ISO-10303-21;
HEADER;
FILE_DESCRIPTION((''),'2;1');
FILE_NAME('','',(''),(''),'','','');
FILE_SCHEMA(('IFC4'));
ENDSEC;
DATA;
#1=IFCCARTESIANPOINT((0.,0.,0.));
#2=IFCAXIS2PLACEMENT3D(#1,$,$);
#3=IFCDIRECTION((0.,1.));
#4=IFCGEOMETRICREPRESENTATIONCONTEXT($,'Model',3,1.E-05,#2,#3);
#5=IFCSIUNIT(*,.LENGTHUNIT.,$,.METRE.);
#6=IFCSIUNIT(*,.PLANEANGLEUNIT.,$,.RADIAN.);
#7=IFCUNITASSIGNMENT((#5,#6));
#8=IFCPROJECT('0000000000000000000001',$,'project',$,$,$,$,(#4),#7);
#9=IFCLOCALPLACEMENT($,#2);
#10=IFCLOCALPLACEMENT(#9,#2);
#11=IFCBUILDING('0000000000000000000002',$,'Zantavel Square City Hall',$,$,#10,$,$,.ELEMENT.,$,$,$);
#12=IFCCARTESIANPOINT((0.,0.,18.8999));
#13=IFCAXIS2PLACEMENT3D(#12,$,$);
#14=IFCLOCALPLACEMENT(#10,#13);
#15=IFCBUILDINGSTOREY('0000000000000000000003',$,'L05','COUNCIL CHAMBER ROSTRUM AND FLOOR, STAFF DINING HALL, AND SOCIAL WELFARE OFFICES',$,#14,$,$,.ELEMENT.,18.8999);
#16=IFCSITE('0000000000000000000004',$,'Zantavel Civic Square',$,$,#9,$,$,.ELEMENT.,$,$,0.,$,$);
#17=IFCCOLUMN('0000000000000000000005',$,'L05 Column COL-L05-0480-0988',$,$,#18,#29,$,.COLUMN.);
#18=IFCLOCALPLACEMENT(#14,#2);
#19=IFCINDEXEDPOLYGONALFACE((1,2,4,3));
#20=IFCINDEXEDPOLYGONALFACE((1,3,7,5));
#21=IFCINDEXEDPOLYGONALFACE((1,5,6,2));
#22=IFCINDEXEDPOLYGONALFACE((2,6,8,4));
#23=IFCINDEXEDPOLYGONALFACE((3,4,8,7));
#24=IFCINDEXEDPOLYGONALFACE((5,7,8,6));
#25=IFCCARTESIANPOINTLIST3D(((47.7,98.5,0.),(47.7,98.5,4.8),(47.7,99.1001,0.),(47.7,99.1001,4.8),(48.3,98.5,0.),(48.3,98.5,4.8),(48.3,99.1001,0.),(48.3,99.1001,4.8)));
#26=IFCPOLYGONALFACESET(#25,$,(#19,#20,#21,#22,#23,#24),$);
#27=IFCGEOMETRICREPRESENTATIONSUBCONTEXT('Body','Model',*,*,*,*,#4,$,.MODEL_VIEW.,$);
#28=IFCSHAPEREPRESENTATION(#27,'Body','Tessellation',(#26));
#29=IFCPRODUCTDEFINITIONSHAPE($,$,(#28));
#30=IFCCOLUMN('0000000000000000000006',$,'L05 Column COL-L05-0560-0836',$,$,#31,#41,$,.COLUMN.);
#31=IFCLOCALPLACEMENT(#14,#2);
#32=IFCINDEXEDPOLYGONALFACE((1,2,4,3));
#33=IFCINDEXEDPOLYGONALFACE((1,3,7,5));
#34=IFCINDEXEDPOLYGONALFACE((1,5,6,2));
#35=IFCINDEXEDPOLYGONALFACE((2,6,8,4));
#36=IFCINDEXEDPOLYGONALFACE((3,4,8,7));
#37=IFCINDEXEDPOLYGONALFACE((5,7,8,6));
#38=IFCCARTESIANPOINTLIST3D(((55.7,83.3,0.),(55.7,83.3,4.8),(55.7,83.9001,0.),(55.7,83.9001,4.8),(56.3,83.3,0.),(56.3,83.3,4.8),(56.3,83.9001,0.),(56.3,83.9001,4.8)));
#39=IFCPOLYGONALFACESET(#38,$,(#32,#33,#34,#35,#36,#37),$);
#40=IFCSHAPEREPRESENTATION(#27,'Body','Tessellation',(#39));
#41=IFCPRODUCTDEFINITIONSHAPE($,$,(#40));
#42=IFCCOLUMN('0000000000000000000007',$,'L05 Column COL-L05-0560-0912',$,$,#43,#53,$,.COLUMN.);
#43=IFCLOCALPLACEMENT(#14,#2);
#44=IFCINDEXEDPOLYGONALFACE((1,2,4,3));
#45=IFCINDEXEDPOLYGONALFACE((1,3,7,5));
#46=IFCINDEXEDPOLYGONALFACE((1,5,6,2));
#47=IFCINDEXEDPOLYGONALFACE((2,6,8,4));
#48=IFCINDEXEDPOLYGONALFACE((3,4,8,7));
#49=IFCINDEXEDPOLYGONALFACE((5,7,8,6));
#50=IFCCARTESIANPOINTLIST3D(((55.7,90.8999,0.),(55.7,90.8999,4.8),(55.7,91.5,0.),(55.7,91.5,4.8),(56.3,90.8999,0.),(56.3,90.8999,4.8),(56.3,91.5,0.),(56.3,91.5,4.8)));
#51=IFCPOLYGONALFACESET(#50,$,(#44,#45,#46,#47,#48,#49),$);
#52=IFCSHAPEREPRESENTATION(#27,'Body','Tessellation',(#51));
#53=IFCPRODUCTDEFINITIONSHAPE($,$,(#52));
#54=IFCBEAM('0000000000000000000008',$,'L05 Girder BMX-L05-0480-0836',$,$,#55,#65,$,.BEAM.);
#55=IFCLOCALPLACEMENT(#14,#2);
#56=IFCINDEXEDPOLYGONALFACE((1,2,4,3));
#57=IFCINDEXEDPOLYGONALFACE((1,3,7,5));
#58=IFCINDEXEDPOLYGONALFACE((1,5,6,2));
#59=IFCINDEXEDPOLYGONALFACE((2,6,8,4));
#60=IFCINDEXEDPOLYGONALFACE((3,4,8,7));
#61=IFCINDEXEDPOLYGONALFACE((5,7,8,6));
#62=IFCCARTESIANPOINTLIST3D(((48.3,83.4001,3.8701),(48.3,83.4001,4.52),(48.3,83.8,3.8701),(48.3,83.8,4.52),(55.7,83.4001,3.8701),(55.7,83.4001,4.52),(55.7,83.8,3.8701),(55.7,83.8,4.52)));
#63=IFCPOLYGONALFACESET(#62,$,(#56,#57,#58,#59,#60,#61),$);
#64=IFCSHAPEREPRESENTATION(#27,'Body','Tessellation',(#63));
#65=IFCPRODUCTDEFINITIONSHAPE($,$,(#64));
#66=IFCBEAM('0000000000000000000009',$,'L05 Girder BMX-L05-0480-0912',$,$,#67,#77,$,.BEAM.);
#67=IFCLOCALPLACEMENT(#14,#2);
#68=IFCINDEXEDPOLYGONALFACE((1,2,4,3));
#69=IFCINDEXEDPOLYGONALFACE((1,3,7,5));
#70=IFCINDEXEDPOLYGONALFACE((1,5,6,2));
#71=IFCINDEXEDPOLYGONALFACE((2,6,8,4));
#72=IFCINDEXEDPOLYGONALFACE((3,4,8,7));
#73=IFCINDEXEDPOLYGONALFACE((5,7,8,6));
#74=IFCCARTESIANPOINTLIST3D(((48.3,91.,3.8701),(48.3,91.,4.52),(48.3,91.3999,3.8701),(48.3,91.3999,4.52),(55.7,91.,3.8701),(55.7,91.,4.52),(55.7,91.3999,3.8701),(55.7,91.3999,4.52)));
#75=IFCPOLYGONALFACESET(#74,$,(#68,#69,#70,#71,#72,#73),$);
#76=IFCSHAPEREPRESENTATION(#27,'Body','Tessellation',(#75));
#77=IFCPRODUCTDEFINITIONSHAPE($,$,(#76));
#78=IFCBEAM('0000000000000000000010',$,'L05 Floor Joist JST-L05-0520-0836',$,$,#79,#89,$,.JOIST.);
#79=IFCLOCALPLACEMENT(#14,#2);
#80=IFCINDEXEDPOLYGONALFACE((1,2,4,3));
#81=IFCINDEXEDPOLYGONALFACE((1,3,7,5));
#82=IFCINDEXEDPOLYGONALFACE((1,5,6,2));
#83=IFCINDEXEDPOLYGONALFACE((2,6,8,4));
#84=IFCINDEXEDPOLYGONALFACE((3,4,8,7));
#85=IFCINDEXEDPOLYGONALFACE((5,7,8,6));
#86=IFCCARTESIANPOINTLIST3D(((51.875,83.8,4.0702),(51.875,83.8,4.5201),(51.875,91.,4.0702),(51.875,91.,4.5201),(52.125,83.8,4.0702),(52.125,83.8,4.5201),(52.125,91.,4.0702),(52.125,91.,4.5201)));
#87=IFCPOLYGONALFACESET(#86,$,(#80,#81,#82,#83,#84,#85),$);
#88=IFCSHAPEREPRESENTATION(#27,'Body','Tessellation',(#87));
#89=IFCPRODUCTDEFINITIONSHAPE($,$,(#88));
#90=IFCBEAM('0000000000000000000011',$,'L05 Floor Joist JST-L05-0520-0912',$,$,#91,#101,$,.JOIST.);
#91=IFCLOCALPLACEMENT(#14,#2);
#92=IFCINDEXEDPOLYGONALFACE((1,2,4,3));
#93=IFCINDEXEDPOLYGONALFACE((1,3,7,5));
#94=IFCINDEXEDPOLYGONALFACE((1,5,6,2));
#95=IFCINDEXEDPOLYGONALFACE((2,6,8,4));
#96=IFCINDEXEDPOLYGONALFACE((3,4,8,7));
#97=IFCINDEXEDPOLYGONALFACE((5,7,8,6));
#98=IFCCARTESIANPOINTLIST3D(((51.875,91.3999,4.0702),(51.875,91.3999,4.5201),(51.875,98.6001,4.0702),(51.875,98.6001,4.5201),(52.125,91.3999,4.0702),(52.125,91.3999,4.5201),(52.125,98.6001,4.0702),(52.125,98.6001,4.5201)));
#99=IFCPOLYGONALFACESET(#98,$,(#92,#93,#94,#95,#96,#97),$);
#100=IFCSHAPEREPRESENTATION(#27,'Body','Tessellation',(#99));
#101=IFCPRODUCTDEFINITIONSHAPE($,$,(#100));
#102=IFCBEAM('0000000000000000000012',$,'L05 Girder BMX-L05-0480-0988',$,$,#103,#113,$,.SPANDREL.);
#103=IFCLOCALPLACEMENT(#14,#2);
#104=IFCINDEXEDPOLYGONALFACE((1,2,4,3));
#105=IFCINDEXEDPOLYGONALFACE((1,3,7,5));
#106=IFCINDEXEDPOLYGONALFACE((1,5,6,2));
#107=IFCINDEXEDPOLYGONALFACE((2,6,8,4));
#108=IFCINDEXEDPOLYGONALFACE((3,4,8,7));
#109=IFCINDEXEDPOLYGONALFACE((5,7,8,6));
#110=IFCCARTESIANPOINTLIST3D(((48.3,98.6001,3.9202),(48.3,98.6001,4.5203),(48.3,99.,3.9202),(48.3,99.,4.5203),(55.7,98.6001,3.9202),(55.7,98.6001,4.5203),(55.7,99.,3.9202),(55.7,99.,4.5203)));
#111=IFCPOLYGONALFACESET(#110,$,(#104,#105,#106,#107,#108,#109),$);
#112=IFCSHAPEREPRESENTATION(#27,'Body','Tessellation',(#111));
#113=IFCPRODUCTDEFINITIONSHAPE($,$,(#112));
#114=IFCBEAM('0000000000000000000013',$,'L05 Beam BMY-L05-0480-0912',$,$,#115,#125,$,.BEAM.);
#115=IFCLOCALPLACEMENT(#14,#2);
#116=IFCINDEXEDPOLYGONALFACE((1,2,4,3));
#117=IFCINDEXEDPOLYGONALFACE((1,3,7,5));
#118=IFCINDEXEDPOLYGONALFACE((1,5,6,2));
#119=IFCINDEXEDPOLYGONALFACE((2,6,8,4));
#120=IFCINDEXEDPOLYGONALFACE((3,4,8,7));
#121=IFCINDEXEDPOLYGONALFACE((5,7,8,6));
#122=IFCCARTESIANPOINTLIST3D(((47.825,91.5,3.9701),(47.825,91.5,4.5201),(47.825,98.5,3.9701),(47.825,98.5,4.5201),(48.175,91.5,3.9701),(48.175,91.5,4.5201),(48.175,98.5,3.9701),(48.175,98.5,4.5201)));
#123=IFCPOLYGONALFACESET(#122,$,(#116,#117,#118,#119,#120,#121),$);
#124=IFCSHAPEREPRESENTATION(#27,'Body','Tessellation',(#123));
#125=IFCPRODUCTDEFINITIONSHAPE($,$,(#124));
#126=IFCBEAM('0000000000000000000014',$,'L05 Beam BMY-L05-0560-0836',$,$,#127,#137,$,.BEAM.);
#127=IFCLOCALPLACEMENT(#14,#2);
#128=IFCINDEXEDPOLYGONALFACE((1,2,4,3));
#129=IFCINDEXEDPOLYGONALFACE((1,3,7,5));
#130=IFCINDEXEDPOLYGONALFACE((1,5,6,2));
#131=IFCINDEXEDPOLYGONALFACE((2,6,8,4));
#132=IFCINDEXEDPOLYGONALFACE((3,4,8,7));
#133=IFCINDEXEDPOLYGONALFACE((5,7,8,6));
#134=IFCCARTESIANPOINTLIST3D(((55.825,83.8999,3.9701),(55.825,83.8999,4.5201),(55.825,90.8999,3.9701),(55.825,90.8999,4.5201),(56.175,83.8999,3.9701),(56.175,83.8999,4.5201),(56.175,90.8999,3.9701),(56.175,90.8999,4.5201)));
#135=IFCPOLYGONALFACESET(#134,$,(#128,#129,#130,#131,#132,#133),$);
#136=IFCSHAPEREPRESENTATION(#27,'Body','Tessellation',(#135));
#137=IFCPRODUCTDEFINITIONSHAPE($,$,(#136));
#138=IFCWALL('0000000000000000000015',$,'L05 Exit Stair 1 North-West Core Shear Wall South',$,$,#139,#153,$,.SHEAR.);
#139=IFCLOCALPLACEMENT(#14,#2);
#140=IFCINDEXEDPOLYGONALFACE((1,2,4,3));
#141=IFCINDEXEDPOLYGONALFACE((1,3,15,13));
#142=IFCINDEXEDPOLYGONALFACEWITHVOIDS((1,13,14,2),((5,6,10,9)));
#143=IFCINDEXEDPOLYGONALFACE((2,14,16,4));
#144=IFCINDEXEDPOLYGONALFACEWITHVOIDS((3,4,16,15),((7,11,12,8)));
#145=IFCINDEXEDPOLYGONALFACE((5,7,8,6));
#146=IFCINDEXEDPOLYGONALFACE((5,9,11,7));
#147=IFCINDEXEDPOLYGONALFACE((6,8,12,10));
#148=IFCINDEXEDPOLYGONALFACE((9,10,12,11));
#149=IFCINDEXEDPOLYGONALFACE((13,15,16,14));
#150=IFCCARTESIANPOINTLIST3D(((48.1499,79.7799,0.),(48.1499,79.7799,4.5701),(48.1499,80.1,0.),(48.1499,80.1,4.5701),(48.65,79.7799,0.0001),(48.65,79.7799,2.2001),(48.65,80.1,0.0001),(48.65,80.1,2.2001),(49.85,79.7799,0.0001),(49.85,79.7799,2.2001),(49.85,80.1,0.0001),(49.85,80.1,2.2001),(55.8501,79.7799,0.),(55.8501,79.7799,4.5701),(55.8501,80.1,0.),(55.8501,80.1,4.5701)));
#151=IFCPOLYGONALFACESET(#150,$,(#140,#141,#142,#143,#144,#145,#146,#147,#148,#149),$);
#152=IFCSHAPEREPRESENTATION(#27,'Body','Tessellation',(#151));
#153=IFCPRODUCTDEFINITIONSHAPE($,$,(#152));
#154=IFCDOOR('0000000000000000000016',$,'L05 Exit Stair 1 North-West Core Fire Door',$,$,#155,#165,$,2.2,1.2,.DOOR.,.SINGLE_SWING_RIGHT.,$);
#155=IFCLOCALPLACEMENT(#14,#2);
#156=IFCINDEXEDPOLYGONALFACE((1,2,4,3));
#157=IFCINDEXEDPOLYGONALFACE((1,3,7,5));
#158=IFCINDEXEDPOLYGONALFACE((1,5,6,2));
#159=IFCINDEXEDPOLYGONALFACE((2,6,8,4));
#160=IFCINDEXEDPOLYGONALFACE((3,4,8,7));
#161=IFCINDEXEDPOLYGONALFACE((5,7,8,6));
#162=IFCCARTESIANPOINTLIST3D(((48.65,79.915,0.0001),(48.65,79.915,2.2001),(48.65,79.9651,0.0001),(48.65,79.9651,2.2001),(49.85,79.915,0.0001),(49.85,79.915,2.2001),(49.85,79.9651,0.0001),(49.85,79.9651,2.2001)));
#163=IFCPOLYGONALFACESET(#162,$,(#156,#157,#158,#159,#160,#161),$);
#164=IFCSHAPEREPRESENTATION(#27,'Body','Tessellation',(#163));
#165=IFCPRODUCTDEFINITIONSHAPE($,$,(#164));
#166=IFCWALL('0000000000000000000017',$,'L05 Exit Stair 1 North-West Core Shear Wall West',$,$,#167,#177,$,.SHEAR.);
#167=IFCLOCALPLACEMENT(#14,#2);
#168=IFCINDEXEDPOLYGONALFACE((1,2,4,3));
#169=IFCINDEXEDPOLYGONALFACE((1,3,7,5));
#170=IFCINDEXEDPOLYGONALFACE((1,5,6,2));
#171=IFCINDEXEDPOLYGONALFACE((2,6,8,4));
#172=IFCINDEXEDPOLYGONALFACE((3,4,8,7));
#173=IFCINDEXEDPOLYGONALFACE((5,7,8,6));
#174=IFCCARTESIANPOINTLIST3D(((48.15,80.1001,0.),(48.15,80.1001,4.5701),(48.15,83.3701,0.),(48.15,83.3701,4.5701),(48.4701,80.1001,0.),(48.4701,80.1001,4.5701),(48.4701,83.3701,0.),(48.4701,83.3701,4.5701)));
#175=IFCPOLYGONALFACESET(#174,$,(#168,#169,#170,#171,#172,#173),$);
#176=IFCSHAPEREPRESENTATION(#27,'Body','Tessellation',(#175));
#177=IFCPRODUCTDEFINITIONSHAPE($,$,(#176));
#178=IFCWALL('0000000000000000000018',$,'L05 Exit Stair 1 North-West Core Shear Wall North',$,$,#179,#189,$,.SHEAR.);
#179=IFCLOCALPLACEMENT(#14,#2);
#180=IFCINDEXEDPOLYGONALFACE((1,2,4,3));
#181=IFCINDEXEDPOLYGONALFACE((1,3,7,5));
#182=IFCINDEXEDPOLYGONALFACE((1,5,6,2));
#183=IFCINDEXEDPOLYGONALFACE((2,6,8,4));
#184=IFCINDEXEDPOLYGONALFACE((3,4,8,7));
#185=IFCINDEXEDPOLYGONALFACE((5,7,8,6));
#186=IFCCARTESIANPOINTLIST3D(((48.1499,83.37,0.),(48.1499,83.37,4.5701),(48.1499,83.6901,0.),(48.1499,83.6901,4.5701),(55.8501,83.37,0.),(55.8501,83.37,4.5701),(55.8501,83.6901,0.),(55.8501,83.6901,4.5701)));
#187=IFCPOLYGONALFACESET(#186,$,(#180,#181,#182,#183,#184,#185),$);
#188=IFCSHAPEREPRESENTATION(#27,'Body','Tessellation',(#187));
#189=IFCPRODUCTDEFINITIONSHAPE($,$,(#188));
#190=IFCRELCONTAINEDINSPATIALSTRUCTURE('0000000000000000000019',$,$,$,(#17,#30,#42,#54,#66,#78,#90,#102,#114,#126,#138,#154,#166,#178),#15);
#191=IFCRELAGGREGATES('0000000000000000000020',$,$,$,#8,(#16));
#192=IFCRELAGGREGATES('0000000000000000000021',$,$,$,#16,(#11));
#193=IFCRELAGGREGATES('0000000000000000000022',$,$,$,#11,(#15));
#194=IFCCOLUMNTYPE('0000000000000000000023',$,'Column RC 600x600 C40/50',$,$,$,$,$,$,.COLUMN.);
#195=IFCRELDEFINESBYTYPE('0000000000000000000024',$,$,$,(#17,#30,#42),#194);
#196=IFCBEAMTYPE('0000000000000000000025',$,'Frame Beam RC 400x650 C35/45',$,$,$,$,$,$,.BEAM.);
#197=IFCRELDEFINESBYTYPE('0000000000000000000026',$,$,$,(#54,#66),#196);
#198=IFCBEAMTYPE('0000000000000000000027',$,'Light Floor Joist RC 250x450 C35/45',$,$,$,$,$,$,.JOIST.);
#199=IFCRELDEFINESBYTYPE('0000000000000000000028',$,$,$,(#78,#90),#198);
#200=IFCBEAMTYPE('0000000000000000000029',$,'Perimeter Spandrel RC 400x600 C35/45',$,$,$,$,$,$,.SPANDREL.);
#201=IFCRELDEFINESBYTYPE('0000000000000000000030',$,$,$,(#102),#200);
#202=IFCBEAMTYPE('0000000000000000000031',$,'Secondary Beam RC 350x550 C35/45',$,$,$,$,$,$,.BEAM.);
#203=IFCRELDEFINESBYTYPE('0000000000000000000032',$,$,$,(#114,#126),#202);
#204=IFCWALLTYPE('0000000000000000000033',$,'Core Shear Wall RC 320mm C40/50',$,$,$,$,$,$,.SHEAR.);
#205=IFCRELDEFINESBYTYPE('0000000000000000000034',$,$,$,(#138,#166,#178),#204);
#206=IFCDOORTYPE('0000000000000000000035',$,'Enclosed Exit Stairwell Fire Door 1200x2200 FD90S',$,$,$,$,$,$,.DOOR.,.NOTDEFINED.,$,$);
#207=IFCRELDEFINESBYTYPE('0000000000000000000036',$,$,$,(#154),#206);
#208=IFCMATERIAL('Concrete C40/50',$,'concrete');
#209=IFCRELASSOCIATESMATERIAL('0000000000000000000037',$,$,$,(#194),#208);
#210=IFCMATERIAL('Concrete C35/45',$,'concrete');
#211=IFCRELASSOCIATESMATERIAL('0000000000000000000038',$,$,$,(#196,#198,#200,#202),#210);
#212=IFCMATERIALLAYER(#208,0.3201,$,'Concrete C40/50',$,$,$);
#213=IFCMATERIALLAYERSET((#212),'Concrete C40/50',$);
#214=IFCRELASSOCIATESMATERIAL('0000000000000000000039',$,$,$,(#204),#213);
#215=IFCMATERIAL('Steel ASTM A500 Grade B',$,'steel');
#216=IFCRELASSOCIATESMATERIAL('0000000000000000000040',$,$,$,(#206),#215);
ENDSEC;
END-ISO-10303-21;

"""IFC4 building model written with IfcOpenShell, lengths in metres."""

from ifc_helpers import new_model, si_unit, direction, frame, frame_2d, origin, origin_2d, place, context, subcontext, project, spatial, rectangle, extrude, material, layer, layer_set, material_profile, profile_set, type_object, element, fill, save


model = new_model("IFC4")

# Units and contexts
model_context = context("Model", 3, precision=1e-05, world=origin(), true_north=direction((0.0, 1.0)))
body_context = subcontext(model_context, "Body", "Model", "MODEL_VIEW")
ifc_project = project(units=[si_unit("LENGTHUNIT", "METRE"), si_unit("PLANEANGLEUNIT", "RADIAN")], contexts=[model_context])

# Site, building, storey
site_placement = place(None, origin())
site = spatial("IfcSite", under=ifc_project, at=site_placement, Name="Zantavel Civic Square", CompositionType="ELEMENT", RefElevation=0.0)
building_placement = place(site_placement, origin())
building = spatial("IfcBuilding", under=site, at=building_placement, Name="Zantavel Square City Hall", CompositionType="ELEMENT")
storey_placement = place(building_placement, frame((0.0, 0.0, 18.8999)))
storey = spatial("IfcBuildingStorey", under=building, at=storey_placement, Name="L05", Description="COUNCIL CHAMBER ROSTRUM AND FLOOR, STAFF DINING HALL, AND SOCIAL WELFARE OFFICES", CompositionType="ELEMENT", Elevation=18.8999)

# Columns
ifc_material_1 = material(Name="Concrete C40/50", Category="concrete")
ifc_material_profile_1 = material_profile(ifc_material_1, rectangle(XDim=0.6001, YDim=0.6001, at=origin_2d()), Name="RC 600x600")
ifc_profile_set_1 = profile_set([ifc_material_profile_1], Name="Concrete C40/50")
column_type = type_object("IfcColumnType", Name="Column RC 600x600 C40/50", PredefinedType="COLUMN", material=ifc_profile_set_1)
for number, where, z_axis, x_axis, name in (
    (1, (48.0, 98.8, 0.0), (0.0, 0.0, 1.0), (1.0, 0.0, 0.0), "L05 Column COL-L05-0480-0988"),
    (2, (56.0, 83.6001, 0.0), (0.0, 0.0, 1.0), (1.0, 0.0, 0.0), "L05 Column COL-L05-0560-0836"),
    (3, (56.0, 91.2, 0.0), (0.0, 0.0, 1.0), (1.0, 0.0, 0.0), "L05 Column COL-L05-0560-0912"),
):
    element("IfcColumn", number, at=place(storey_placement, frame(where, z_axis=z_axis, x_axis=x_axis)), inside=storey, type_object=column_type, Name=name, PredefinedType="COLUMN", context=body_context, shape_type="SweptSolid", body=[
        extrude(rectangle(XDim=0.6001, YDim=0.6001, at=origin_2d()), origin(), (0.0, 0.0, 1.0), 4.8),
    ])

# Beams
ifc_material_2 = material(Name="Concrete C35/45", Category="concrete")
ifc_material_profile_2 = material_profile(ifc_material_2, rectangle(XDim=0.3999, YDim=0.6499, at=origin_2d()), Name="RC 400x650")
ifc_profile_set_2 = profile_set([ifc_material_profile_2], Name="Concrete C35/45")
beam_type_1 = type_object("IfcBeamType", Name="Frame Beam RC 400x650 C35/45", PredefinedType="BEAM", material=ifc_profile_set_2)
for number, where, z_axis, x_axis, name in (
    (4, (48.3, 83.6001, 4.1951), (1.0, 0.0, 0.0), (0.0, 1.0, 0.0), "L05 Girder BMX-L05-0480-0836"),
    (5, (48.3, 91.2, 4.1951), (1.0, 0.0, 0.0), (0.0, 1.0, 0.0), "L05 Girder BMX-L05-0480-0912"),
):
    element("IfcBeam", number, at=place(storey_placement, frame(where, z_axis=z_axis, x_axis=x_axis)), inside=storey, type_object=beam_type_1, Name=name, PredefinedType="BEAM", context=body_context, shape_type="SweptSolid", body=[
        extrude(rectangle(XDim=0.3999, YDim=0.6499, at=origin_2d()), origin(), (0.0, 0.0, 1.0), 7.3999),
    ])
ifc_material_profile_3 = material_profile(ifc_material_2, rectangle(XDim=0.25, YDim=0.45, at=origin_2d()), Name="RC 250x450")
ifc_profile_set_3 = profile_set([ifc_material_profile_3], Name="Concrete C35/45")
beam_type_2 = type_object("IfcBeamType", Name="Light Floor Joist RC 250x450 C35/45", PredefinedType="JOIST", material=ifc_profile_set_3)
beam_1_placement = place(storey_placement, frame((52.0, 83.8, 4.2952), z_axis=(0.0, 1.0, 0.0), x_axis=(-1.0, 0.0, 0.0)))
element("IfcBeam", 6, at=beam_1_placement, inside=storey, type_object=beam_type_2, Name="L05 Floor Joist JST-L05-0520-0836", PredefinedType="JOIST", context=body_context, shape_type="SweptSolid", body=[
    extrude(rectangle(XDim=0.25, YDim=0.45, at=origin_2d()), origin(), (0.0, 0.0, 1.0), 7.2),
])
beam_2_placement = place(storey_placement, frame((52.0, 91.3999, 4.2952), z_axis=(0.0, 1.0, 0.0), x_axis=(-1.0, 0.0, 0.0)))
element("IfcBeam", 7, at=beam_2_placement, inside=storey, type_object=beam_type_2, Name="L05 Floor Joist JST-L05-0520-0912", PredefinedType="JOIST", context=body_context, shape_type="SweptSolid", body=[
    extrude(rectangle(XDim=0.25, YDim=0.45, at=origin_2d()), origin(), (0.0, 0.0, 1.0), 7.2002),
])
ifc_material_profile_4 = material_profile(ifc_material_2, rectangle(XDim=0.3999, YDim=0.6001, at=origin_2d()), Name="RC 400x600")
ifc_profile_set_4 = profile_set([ifc_material_profile_4], Name="Concrete C35/45")
beam_type_3 = type_object("IfcBeamType", Name="Perimeter Spandrel RC 400x600 C35/45", PredefinedType="SPANDREL", material=ifc_profile_set_4)
beam_3_placement = place(storey_placement, frame((48.3, 98.8, 4.2202), z_axis=(1.0, 0.0, 0.0), x_axis=(0.0, 1.0, 0.0)))
element("IfcBeam", 8, at=beam_3_placement, inside=storey, type_object=beam_type_3, Name="L05 Girder BMX-L05-0480-0988", PredefinedType="SPANDREL", context=body_context, shape_type="SweptSolid", body=[
    extrude(rectangle(XDim=0.3999, YDim=0.6001, at=origin_2d()), origin(), (0.0, 0.0, 1.0), 7.3999),
])
ifc_material_profile_5 = material_profile(ifc_material_2, rectangle(XDim=0.3501, YDim=0.55, at=origin_2d()), Name="RC 350x550")
ifc_profile_set_5 = profile_set([ifc_material_profile_5], Name="Concrete C35/45")
beam_type_4 = type_object("IfcBeamType", Name="Secondary Beam RC 350x550 C35/45", PredefinedType="BEAM", material=ifc_profile_set_5)
for number, where, z_axis, x_axis, name in (
    (9, (48.0, 91.5, 4.2451), (0.0, 1.0, 0.0), (-1.0, 0.0, 0.0), "L05 Beam BMY-L05-0480-0912"),
    (10, (56.0, 83.8999, 4.2451), (0.0, 1.0, 0.0), (-1.0, 0.0, 0.0), "L05 Beam BMY-L05-0560-0836"),
):
    element("IfcBeam", number, at=place(storey_placement, frame(where, z_axis=z_axis, x_axis=x_axis)), inside=storey, type_object=beam_type_4, Name=name, PredefinedType="BEAM", context=body_context, shape_type="SweptSolid", body=[
        extrude(rectangle(XDim=0.3501, YDim=0.55, at=origin_2d()), origin(), (0.0, 0.0, 1.0), 7.0),
    ])

# Wall, opening, door
ifc_layer_1 = layer(ifc_material_1, 0.3201, Name="Concrete C40/50")
ifc_layer_set_1 = layer_set([ifc_layer_1], Name="Concrete C40/50")
wall_type_1 = type_object("IfcWallType", Name="Core Shear Wall RC 320mm C40/50", PredefinedType="SHEAR", material=ifc_layer_set_1)
wall_1_placement = place(storey_placement, frame((55.8501, 79.9399, 0.0), z_axis=(0.0, 0.0, 1.0), x_axis=(-1.0, 0.0, 0.0)))
wall_1 = element("IfcWall", 11, at=wall_1_placement, inside=storey, type_object=wall_type_1, Name="L05 Exit Stair 1 North-West Core Shear Wall South", PredefinedType="SHEAR", context=body_context, shape_type="SweptSolid", body=[
    extrude(rectangle(XDim=7.7002, YDim=0.3201, at=frame_2d((3.8501, 0.0))), origin(), (0.0, 0.0, 1.0), 4.5701),
])
opening_1_placement = place(wall_1_placement, frame((6.0, 0.0, 0.0)))
opening_1 = element("IfcOpeningElement", 12, at=opening_1_placement, cuts=wall_1, PredefinedType="OPENING", context=body_context, shape_type="SweptSolid", body=[
    extrude(rectangle(XDim=1.2, YDim=2.2, at=frame_2d((0.6001, 1.1001))), frame((0.0, 0.1699, 0.0), z_axis=(0.0, -1.0, 0.0), x_axis=(1.0, 0.0, 0.0)), (0.0, 0.0, 1.0), 0.3401),
])
ifc_material_3 = material(Name="Steel ASTM A500 Grade B", Category="steel")
door_type_1 = type_object("IfcDoorType", Name="Enclosed Exit Stairwell Fire Door 1200x2200 FD90S", OperationType="NOTDEFINED", PredefinedType="DOOR", material=ifc_material_3)
door_1_placement = place(opening_1_placement, origin())
door_1 = element("IfcDoor", 13, at=door_1_placement, inside=storey, type_object=door_type_1, Name="L05 Exit Stair 1 North-West Core Fire Door", OperationType="SINGLE_SWING_RIGHT", OverallHeight=2.2, OverallWidth=1.2, PredefinedType="DOOR", context=body_context, shape_type="SweptSolid", body=[
    extrude(rectangle(XDim=1.2, YDim=2.2, at=frame_2d((0.6001, 1.1001))), frame((0.0, 0.0249, 0.0), z_axis=(0.0, -1.0, 0.0), x_axis=(1.0, 0.0, 0.0)), (0.0, 0.0, 1.0), 0.05),
])
fill(opening_1, door_1)

# Walls
wall_2_placement = place(storey_placement, frame((48.3101, 80.1001, 0.0), z_axis=(0.0, 0.0, 1.0), x_axis=(0.0, 1.0, 0.0)))
element("IfcWall", 14, at=wall_2_placement, inside=storey, type_object=wall_type_1, Name="L05 Exit Stair 1 North-West Core Shear Wall West", PredefinedType="SHEAR", context=body_context, shape_type="SweptSolid", body=[
    extrude(rectangle(XDim=3.27, YDim=0.3201, at=frame_2d((1.635, 0.0))), origin(), (0.0, 0.0, 1.0), 4.5701),
])
wall_3_placement = place(storey_placement, frame((48.1499, 83.53, 0.0), z_axis=(0.0, 0.0, 1.0), x_axis=(1.0, 0.0, 0.0)))
element("IfcWall", 15, at=wall_3_placement, inside=storey, type_object=wall_type_1, Name="L05 Exit Stair 1 North-West Core Shear Wall North", PredefinedType="SHEAR", context=body_context, shape_type="SweptSolid", body=[
    extrude(rectangle(XDim=7.7002, YDim=0.3201, at=frame_2d((3.8501, 0.0))), origin(), (0.0, 0.0, 1.0), 4.5701),
])

save(model, "model.ifc")
